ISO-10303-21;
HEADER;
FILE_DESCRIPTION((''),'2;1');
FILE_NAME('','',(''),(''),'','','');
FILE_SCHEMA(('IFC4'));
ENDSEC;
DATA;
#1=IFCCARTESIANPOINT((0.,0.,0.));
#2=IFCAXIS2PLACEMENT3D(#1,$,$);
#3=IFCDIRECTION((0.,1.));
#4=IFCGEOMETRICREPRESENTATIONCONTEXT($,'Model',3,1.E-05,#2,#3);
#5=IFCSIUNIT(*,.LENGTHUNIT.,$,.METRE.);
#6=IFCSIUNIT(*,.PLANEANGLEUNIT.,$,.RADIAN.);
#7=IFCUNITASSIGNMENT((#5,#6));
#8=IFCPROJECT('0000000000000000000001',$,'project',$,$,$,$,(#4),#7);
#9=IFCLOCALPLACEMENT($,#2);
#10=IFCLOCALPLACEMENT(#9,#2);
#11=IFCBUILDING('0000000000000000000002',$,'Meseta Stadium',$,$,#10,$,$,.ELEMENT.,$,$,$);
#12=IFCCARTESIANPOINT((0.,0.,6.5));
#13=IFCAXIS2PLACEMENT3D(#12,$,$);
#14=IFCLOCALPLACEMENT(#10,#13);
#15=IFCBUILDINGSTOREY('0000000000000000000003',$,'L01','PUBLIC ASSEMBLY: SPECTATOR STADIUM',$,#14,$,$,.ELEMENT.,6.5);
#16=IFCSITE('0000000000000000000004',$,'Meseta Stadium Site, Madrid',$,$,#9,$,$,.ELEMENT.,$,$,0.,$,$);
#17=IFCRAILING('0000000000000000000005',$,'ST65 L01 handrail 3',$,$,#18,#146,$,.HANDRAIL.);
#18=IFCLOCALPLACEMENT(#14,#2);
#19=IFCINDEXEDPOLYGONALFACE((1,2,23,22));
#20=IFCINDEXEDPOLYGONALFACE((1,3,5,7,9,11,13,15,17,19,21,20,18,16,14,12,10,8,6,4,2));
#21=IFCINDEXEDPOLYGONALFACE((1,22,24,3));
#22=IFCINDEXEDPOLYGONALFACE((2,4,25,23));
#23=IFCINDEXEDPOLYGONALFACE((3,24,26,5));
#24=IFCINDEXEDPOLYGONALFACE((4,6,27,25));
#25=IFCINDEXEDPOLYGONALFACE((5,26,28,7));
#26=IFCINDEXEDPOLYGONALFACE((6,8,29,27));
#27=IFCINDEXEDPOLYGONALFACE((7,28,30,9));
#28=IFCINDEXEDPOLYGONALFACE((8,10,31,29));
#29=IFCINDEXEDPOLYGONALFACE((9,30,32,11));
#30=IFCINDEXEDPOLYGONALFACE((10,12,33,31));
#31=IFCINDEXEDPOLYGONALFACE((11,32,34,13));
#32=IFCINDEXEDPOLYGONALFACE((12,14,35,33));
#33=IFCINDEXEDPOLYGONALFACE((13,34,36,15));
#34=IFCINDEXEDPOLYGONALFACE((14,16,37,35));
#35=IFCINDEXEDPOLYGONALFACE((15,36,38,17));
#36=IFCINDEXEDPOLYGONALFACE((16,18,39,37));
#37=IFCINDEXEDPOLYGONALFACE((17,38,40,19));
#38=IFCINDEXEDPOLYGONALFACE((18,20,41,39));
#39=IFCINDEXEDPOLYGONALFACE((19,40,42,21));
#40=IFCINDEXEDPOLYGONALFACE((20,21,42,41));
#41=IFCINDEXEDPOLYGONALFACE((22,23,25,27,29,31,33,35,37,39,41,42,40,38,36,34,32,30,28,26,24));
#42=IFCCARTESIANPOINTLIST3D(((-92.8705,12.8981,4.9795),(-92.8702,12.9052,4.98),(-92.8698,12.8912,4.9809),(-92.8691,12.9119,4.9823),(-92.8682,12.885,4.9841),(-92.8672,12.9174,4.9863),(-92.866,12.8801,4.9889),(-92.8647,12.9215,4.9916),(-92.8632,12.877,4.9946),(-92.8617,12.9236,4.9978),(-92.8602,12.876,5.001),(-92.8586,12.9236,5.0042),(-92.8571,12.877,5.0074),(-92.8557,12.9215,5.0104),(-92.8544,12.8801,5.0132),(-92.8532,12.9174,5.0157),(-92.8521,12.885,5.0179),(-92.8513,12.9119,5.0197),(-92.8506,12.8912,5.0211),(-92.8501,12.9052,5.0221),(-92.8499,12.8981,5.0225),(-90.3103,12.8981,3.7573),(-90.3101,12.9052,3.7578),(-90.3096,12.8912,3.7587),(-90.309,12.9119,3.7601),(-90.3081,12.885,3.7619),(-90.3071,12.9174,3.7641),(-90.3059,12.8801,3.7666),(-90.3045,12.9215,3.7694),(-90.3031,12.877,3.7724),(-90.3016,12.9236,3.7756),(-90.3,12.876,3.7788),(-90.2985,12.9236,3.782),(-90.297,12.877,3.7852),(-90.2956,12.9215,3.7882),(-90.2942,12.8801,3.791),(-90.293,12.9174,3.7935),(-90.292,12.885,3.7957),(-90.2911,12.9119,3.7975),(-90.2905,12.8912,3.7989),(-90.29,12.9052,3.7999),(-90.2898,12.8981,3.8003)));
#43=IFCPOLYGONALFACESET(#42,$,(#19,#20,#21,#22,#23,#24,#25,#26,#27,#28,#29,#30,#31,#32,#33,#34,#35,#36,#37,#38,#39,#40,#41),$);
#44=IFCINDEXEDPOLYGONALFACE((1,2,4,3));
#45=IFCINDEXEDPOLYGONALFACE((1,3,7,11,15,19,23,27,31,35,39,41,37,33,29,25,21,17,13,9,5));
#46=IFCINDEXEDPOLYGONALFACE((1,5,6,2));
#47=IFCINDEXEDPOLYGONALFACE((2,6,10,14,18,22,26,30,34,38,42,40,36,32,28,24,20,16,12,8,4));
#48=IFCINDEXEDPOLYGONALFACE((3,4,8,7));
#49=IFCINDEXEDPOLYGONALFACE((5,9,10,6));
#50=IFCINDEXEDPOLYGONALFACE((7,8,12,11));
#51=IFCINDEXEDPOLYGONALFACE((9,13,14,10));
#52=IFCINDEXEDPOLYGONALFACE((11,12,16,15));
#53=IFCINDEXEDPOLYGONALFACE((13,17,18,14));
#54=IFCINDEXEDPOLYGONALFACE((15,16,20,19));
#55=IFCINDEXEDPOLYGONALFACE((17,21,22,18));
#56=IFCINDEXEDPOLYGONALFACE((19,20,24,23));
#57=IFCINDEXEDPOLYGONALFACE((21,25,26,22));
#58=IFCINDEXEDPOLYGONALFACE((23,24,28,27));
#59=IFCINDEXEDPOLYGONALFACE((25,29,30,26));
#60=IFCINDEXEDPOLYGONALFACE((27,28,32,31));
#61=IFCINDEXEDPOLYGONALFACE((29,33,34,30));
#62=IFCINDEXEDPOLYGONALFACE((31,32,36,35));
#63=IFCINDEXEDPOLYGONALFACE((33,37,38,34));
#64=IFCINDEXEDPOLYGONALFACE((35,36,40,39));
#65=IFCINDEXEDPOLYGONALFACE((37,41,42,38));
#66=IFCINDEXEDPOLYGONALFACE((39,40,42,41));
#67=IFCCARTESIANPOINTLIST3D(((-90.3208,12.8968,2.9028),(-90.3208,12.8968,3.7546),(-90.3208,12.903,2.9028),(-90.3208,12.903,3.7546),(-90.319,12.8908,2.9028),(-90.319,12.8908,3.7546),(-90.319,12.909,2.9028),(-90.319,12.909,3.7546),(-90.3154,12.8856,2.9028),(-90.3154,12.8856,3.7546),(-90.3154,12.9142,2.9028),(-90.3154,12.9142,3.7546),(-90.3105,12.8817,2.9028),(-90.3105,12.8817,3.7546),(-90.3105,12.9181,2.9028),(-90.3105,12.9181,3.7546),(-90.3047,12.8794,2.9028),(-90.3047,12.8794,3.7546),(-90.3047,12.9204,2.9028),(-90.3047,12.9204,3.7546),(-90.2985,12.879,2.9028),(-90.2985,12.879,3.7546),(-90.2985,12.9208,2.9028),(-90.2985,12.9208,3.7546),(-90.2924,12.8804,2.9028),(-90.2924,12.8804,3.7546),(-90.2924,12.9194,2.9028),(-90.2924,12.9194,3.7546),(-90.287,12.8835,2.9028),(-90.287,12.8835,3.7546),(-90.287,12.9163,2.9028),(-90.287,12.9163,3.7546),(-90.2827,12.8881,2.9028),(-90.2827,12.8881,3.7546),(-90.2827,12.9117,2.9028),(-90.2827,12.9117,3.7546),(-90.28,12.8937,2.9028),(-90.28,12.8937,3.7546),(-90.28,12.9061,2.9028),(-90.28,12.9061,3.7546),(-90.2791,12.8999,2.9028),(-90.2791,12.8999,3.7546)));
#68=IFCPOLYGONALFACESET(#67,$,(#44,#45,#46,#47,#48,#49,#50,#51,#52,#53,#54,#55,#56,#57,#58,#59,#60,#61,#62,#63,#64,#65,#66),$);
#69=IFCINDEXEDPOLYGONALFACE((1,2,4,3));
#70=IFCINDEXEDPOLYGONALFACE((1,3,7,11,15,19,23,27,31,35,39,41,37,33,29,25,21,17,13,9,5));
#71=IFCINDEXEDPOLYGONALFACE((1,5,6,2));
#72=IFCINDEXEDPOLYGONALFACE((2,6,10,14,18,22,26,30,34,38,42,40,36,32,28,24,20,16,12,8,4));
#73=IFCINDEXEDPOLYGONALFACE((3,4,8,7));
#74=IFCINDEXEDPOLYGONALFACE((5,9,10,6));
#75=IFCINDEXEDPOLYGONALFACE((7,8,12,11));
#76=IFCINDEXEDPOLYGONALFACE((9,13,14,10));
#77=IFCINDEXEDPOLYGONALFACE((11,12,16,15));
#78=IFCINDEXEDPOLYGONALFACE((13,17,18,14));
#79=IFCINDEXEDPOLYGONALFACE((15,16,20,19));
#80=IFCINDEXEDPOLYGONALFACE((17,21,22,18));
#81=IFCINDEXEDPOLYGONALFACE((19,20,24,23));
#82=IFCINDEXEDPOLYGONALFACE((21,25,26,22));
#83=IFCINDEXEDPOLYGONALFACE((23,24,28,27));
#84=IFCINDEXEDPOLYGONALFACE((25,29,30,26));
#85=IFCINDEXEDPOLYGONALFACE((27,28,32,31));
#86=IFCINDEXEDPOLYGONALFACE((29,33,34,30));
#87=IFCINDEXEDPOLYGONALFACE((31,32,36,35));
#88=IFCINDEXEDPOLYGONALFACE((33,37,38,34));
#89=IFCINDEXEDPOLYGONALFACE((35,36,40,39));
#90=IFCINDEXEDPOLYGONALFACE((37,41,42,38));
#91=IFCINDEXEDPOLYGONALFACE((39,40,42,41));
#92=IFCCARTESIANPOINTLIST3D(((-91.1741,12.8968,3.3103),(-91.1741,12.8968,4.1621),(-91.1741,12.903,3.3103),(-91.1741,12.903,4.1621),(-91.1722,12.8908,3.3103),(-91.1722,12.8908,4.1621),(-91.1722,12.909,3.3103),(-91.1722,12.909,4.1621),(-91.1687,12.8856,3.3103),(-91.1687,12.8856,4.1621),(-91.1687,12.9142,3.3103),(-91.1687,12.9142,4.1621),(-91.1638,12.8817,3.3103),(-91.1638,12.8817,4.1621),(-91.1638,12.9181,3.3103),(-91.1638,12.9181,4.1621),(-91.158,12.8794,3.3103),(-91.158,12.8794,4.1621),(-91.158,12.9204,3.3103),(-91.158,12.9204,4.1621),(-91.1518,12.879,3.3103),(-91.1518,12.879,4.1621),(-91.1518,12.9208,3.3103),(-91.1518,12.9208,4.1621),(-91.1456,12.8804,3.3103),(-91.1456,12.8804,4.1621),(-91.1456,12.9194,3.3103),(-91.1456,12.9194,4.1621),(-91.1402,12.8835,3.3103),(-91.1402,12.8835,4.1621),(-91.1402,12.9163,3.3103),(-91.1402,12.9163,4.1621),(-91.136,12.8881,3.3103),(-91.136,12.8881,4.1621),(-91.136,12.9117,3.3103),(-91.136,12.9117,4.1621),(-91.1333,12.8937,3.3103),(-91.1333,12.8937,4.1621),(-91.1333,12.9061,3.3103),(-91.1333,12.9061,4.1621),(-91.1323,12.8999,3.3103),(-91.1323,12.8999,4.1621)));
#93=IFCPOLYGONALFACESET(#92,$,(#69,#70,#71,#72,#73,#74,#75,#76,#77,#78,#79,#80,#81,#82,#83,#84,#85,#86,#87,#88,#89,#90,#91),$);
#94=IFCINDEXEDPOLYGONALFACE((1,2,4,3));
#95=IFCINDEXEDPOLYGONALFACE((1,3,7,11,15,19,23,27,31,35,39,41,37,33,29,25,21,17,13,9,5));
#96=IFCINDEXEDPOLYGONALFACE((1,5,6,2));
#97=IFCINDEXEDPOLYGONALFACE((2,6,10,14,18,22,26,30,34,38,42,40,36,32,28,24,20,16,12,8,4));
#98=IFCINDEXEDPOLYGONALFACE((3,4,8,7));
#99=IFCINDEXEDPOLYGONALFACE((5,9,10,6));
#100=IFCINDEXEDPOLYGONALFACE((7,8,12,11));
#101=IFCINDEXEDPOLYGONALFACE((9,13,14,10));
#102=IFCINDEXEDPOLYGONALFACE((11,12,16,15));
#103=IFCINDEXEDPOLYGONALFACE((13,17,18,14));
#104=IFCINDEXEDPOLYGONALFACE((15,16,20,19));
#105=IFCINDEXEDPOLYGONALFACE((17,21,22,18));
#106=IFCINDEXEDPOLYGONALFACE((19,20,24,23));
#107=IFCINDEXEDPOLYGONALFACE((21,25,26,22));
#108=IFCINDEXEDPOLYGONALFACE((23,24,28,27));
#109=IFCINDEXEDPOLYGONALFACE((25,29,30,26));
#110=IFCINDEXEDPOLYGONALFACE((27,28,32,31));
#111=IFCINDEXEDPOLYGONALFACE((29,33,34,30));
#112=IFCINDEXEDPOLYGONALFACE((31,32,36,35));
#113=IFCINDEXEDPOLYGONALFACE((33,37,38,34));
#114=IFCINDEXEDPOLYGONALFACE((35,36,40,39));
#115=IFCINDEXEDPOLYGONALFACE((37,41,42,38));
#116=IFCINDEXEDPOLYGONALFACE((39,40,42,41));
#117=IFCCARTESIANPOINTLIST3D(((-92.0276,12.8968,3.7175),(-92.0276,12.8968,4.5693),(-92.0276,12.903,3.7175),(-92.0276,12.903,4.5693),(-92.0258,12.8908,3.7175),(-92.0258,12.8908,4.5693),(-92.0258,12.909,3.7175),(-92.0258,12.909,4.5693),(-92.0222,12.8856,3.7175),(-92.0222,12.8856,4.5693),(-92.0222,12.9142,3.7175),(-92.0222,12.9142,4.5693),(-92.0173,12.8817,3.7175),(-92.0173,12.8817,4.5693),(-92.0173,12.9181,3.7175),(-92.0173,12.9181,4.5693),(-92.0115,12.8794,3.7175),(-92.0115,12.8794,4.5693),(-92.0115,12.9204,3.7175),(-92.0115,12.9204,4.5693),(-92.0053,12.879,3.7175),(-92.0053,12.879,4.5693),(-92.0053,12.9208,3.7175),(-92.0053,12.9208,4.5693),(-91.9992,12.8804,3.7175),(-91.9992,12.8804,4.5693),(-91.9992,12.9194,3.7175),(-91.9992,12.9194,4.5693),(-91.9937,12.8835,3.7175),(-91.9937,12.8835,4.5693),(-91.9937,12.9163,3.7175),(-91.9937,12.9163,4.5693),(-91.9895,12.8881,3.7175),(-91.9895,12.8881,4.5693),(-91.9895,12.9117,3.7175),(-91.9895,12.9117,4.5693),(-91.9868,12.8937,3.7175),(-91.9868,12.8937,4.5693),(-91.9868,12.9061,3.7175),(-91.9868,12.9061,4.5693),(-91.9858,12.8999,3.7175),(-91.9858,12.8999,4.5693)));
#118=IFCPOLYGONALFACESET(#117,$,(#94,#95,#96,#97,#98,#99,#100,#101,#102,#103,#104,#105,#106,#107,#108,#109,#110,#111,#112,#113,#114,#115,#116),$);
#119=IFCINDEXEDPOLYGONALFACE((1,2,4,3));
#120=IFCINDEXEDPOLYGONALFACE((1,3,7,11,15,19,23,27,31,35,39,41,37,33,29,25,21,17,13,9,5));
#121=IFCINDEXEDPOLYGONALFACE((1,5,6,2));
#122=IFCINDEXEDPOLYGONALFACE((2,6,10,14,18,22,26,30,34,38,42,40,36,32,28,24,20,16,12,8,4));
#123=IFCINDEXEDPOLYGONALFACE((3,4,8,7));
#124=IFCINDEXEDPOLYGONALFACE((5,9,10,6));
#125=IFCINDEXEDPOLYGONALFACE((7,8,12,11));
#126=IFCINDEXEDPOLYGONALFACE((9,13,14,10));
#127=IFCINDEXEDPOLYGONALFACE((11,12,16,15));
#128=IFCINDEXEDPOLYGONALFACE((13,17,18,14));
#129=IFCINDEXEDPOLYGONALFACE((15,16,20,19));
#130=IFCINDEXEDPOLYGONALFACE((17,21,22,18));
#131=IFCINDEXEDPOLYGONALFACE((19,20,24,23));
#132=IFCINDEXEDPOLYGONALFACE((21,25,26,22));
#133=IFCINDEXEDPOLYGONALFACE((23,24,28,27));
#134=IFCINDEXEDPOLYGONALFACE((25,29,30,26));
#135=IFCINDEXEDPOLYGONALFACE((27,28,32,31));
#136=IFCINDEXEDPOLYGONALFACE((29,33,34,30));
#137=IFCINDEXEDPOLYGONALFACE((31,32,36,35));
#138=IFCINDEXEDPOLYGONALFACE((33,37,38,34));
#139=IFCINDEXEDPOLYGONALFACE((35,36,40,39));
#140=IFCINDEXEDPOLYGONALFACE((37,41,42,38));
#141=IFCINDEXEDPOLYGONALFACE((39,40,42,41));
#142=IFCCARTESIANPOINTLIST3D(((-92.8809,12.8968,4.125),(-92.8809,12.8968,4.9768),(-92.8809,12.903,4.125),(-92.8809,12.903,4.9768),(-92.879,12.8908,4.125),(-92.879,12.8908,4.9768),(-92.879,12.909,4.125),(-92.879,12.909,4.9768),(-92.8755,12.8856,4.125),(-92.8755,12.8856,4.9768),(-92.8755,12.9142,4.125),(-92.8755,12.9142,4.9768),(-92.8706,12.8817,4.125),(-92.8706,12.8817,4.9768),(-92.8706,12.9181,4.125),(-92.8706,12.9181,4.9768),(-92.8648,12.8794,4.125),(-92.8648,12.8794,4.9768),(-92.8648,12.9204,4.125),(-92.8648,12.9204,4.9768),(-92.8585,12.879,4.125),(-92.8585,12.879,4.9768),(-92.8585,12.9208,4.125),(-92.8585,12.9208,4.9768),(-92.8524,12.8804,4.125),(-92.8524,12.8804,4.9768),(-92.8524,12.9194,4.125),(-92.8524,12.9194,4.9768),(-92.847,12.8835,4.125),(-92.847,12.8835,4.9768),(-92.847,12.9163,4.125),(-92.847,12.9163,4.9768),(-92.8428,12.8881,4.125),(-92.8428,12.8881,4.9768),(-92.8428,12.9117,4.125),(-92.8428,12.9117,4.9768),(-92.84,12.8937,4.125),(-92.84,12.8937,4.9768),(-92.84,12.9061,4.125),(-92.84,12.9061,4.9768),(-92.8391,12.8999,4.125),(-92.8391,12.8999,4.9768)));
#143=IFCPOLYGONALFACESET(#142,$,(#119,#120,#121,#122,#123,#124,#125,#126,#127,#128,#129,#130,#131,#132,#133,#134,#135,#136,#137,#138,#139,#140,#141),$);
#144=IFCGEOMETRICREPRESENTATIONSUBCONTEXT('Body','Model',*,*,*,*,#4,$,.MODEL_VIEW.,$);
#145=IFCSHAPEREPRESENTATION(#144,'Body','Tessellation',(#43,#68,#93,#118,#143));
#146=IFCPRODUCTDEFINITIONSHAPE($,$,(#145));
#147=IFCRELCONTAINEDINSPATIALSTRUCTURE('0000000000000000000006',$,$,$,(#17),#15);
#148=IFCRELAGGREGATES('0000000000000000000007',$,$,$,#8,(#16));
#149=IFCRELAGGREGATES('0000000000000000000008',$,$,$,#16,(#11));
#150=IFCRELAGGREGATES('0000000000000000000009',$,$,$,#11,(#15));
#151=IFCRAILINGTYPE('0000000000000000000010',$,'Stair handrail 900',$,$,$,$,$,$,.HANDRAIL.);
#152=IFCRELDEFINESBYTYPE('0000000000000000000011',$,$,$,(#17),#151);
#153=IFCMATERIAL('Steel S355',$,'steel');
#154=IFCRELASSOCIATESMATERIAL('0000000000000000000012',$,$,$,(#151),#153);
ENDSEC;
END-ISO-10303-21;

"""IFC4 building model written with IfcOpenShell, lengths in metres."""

from ifc_helpers import new_model, si_unit, direction, frame, origin, origin_2d, place, context, subcontext, project, spatial, circle, extrude, material, type_object, element, save


model = new_model("IFC4")

# Units and contexts
model_context = context("Model", 3, precision=1e-05, world=origin(), true_north=direction((0.0, 1.0)))
body_context = subcontext(model_context, "Body", "Model", "MODEL_VIEW")
ifc_project = project(units=[si_unit("LENGTHUNIT", "METRE"), si_unit("PLANEANGLEUNIT", "RADIAN")], contexts=[model_context])

# Site, building, storey
site_placement = place(None, origin())
site = spatial("IfcSite", under=ifc_project, at=site_placement, Name="Meseta Stadium Site, Madrid", CompositionType="ELEMENT", RefElevation=0.0)
building_placement = place(site_placement, origin())
building = spatial("IfcBuilding", under=site, at=building_placement, Name="Meseta Stadium", CompositionType="ELEMENT")
storey_placement = place(building_placement, frame((0.0, 0.0, 6.5)))
storey = spatial("IfcBuildingStorey", under=building, at=storey_placement, Name="L01", Description="PUBLIC ASSEMBLY: SPECTATOR STADIUM", CompositionType="ELEMENT", Elevation=6.5)

# Railing
ifc_material_1 = material(Name="Steel S355", Category="steel")
railing_type = type_object("IfcRailingType", Name="Stair handrail 900", PredefinedType="HANDRAIL", material=ifc_material_1)
for number, where, name in (
    (1, (-90.3, 12.8999, 2.9028), "ST65 L01 handrail 3"),
):
    element("IfcRailing", number, at=place(storey_placement, frame(where)), inside=storey, type_object=railing_type, Name=name, PredefinedType="HANDRAIL", context=body_context, shape_type="SweptSolid", body=[
        extrude(circle(Radius=0.0239, at=origin_2d()), frame((0.0, 0.0, 0.876), z_axis=(-0.902437, 0.0, 0.430822), x_axis=(0.0, -1.0, 0.0)), (0.0, 0.0, 1.0), 2.8369),
        extrude(circle(Radius=0.021, at=origin_2d()), origin(), (0.0, 0.0, 1.0), 0.8518),
        extrude(circle(Radius=0.021, at=origin_2d()), frame((-0.8533, 0.0, 0.4075)), (0.0, 0.0, 1.0), 0.8518),
        extrude(circle(Radius=0.021, at=origin_2d()), frame((-1.7068, 0.0, 0.8147)), (0.0, 0.0, 1.0), 0.8518),
        extrude(circle(Radius=0.021, at=origin_2d()), frame((-2.5601, 0.0, 1.2222)), (0.0, 0.0, 1.0), 0.8518),
    ])

save(model, "model.ifc")
